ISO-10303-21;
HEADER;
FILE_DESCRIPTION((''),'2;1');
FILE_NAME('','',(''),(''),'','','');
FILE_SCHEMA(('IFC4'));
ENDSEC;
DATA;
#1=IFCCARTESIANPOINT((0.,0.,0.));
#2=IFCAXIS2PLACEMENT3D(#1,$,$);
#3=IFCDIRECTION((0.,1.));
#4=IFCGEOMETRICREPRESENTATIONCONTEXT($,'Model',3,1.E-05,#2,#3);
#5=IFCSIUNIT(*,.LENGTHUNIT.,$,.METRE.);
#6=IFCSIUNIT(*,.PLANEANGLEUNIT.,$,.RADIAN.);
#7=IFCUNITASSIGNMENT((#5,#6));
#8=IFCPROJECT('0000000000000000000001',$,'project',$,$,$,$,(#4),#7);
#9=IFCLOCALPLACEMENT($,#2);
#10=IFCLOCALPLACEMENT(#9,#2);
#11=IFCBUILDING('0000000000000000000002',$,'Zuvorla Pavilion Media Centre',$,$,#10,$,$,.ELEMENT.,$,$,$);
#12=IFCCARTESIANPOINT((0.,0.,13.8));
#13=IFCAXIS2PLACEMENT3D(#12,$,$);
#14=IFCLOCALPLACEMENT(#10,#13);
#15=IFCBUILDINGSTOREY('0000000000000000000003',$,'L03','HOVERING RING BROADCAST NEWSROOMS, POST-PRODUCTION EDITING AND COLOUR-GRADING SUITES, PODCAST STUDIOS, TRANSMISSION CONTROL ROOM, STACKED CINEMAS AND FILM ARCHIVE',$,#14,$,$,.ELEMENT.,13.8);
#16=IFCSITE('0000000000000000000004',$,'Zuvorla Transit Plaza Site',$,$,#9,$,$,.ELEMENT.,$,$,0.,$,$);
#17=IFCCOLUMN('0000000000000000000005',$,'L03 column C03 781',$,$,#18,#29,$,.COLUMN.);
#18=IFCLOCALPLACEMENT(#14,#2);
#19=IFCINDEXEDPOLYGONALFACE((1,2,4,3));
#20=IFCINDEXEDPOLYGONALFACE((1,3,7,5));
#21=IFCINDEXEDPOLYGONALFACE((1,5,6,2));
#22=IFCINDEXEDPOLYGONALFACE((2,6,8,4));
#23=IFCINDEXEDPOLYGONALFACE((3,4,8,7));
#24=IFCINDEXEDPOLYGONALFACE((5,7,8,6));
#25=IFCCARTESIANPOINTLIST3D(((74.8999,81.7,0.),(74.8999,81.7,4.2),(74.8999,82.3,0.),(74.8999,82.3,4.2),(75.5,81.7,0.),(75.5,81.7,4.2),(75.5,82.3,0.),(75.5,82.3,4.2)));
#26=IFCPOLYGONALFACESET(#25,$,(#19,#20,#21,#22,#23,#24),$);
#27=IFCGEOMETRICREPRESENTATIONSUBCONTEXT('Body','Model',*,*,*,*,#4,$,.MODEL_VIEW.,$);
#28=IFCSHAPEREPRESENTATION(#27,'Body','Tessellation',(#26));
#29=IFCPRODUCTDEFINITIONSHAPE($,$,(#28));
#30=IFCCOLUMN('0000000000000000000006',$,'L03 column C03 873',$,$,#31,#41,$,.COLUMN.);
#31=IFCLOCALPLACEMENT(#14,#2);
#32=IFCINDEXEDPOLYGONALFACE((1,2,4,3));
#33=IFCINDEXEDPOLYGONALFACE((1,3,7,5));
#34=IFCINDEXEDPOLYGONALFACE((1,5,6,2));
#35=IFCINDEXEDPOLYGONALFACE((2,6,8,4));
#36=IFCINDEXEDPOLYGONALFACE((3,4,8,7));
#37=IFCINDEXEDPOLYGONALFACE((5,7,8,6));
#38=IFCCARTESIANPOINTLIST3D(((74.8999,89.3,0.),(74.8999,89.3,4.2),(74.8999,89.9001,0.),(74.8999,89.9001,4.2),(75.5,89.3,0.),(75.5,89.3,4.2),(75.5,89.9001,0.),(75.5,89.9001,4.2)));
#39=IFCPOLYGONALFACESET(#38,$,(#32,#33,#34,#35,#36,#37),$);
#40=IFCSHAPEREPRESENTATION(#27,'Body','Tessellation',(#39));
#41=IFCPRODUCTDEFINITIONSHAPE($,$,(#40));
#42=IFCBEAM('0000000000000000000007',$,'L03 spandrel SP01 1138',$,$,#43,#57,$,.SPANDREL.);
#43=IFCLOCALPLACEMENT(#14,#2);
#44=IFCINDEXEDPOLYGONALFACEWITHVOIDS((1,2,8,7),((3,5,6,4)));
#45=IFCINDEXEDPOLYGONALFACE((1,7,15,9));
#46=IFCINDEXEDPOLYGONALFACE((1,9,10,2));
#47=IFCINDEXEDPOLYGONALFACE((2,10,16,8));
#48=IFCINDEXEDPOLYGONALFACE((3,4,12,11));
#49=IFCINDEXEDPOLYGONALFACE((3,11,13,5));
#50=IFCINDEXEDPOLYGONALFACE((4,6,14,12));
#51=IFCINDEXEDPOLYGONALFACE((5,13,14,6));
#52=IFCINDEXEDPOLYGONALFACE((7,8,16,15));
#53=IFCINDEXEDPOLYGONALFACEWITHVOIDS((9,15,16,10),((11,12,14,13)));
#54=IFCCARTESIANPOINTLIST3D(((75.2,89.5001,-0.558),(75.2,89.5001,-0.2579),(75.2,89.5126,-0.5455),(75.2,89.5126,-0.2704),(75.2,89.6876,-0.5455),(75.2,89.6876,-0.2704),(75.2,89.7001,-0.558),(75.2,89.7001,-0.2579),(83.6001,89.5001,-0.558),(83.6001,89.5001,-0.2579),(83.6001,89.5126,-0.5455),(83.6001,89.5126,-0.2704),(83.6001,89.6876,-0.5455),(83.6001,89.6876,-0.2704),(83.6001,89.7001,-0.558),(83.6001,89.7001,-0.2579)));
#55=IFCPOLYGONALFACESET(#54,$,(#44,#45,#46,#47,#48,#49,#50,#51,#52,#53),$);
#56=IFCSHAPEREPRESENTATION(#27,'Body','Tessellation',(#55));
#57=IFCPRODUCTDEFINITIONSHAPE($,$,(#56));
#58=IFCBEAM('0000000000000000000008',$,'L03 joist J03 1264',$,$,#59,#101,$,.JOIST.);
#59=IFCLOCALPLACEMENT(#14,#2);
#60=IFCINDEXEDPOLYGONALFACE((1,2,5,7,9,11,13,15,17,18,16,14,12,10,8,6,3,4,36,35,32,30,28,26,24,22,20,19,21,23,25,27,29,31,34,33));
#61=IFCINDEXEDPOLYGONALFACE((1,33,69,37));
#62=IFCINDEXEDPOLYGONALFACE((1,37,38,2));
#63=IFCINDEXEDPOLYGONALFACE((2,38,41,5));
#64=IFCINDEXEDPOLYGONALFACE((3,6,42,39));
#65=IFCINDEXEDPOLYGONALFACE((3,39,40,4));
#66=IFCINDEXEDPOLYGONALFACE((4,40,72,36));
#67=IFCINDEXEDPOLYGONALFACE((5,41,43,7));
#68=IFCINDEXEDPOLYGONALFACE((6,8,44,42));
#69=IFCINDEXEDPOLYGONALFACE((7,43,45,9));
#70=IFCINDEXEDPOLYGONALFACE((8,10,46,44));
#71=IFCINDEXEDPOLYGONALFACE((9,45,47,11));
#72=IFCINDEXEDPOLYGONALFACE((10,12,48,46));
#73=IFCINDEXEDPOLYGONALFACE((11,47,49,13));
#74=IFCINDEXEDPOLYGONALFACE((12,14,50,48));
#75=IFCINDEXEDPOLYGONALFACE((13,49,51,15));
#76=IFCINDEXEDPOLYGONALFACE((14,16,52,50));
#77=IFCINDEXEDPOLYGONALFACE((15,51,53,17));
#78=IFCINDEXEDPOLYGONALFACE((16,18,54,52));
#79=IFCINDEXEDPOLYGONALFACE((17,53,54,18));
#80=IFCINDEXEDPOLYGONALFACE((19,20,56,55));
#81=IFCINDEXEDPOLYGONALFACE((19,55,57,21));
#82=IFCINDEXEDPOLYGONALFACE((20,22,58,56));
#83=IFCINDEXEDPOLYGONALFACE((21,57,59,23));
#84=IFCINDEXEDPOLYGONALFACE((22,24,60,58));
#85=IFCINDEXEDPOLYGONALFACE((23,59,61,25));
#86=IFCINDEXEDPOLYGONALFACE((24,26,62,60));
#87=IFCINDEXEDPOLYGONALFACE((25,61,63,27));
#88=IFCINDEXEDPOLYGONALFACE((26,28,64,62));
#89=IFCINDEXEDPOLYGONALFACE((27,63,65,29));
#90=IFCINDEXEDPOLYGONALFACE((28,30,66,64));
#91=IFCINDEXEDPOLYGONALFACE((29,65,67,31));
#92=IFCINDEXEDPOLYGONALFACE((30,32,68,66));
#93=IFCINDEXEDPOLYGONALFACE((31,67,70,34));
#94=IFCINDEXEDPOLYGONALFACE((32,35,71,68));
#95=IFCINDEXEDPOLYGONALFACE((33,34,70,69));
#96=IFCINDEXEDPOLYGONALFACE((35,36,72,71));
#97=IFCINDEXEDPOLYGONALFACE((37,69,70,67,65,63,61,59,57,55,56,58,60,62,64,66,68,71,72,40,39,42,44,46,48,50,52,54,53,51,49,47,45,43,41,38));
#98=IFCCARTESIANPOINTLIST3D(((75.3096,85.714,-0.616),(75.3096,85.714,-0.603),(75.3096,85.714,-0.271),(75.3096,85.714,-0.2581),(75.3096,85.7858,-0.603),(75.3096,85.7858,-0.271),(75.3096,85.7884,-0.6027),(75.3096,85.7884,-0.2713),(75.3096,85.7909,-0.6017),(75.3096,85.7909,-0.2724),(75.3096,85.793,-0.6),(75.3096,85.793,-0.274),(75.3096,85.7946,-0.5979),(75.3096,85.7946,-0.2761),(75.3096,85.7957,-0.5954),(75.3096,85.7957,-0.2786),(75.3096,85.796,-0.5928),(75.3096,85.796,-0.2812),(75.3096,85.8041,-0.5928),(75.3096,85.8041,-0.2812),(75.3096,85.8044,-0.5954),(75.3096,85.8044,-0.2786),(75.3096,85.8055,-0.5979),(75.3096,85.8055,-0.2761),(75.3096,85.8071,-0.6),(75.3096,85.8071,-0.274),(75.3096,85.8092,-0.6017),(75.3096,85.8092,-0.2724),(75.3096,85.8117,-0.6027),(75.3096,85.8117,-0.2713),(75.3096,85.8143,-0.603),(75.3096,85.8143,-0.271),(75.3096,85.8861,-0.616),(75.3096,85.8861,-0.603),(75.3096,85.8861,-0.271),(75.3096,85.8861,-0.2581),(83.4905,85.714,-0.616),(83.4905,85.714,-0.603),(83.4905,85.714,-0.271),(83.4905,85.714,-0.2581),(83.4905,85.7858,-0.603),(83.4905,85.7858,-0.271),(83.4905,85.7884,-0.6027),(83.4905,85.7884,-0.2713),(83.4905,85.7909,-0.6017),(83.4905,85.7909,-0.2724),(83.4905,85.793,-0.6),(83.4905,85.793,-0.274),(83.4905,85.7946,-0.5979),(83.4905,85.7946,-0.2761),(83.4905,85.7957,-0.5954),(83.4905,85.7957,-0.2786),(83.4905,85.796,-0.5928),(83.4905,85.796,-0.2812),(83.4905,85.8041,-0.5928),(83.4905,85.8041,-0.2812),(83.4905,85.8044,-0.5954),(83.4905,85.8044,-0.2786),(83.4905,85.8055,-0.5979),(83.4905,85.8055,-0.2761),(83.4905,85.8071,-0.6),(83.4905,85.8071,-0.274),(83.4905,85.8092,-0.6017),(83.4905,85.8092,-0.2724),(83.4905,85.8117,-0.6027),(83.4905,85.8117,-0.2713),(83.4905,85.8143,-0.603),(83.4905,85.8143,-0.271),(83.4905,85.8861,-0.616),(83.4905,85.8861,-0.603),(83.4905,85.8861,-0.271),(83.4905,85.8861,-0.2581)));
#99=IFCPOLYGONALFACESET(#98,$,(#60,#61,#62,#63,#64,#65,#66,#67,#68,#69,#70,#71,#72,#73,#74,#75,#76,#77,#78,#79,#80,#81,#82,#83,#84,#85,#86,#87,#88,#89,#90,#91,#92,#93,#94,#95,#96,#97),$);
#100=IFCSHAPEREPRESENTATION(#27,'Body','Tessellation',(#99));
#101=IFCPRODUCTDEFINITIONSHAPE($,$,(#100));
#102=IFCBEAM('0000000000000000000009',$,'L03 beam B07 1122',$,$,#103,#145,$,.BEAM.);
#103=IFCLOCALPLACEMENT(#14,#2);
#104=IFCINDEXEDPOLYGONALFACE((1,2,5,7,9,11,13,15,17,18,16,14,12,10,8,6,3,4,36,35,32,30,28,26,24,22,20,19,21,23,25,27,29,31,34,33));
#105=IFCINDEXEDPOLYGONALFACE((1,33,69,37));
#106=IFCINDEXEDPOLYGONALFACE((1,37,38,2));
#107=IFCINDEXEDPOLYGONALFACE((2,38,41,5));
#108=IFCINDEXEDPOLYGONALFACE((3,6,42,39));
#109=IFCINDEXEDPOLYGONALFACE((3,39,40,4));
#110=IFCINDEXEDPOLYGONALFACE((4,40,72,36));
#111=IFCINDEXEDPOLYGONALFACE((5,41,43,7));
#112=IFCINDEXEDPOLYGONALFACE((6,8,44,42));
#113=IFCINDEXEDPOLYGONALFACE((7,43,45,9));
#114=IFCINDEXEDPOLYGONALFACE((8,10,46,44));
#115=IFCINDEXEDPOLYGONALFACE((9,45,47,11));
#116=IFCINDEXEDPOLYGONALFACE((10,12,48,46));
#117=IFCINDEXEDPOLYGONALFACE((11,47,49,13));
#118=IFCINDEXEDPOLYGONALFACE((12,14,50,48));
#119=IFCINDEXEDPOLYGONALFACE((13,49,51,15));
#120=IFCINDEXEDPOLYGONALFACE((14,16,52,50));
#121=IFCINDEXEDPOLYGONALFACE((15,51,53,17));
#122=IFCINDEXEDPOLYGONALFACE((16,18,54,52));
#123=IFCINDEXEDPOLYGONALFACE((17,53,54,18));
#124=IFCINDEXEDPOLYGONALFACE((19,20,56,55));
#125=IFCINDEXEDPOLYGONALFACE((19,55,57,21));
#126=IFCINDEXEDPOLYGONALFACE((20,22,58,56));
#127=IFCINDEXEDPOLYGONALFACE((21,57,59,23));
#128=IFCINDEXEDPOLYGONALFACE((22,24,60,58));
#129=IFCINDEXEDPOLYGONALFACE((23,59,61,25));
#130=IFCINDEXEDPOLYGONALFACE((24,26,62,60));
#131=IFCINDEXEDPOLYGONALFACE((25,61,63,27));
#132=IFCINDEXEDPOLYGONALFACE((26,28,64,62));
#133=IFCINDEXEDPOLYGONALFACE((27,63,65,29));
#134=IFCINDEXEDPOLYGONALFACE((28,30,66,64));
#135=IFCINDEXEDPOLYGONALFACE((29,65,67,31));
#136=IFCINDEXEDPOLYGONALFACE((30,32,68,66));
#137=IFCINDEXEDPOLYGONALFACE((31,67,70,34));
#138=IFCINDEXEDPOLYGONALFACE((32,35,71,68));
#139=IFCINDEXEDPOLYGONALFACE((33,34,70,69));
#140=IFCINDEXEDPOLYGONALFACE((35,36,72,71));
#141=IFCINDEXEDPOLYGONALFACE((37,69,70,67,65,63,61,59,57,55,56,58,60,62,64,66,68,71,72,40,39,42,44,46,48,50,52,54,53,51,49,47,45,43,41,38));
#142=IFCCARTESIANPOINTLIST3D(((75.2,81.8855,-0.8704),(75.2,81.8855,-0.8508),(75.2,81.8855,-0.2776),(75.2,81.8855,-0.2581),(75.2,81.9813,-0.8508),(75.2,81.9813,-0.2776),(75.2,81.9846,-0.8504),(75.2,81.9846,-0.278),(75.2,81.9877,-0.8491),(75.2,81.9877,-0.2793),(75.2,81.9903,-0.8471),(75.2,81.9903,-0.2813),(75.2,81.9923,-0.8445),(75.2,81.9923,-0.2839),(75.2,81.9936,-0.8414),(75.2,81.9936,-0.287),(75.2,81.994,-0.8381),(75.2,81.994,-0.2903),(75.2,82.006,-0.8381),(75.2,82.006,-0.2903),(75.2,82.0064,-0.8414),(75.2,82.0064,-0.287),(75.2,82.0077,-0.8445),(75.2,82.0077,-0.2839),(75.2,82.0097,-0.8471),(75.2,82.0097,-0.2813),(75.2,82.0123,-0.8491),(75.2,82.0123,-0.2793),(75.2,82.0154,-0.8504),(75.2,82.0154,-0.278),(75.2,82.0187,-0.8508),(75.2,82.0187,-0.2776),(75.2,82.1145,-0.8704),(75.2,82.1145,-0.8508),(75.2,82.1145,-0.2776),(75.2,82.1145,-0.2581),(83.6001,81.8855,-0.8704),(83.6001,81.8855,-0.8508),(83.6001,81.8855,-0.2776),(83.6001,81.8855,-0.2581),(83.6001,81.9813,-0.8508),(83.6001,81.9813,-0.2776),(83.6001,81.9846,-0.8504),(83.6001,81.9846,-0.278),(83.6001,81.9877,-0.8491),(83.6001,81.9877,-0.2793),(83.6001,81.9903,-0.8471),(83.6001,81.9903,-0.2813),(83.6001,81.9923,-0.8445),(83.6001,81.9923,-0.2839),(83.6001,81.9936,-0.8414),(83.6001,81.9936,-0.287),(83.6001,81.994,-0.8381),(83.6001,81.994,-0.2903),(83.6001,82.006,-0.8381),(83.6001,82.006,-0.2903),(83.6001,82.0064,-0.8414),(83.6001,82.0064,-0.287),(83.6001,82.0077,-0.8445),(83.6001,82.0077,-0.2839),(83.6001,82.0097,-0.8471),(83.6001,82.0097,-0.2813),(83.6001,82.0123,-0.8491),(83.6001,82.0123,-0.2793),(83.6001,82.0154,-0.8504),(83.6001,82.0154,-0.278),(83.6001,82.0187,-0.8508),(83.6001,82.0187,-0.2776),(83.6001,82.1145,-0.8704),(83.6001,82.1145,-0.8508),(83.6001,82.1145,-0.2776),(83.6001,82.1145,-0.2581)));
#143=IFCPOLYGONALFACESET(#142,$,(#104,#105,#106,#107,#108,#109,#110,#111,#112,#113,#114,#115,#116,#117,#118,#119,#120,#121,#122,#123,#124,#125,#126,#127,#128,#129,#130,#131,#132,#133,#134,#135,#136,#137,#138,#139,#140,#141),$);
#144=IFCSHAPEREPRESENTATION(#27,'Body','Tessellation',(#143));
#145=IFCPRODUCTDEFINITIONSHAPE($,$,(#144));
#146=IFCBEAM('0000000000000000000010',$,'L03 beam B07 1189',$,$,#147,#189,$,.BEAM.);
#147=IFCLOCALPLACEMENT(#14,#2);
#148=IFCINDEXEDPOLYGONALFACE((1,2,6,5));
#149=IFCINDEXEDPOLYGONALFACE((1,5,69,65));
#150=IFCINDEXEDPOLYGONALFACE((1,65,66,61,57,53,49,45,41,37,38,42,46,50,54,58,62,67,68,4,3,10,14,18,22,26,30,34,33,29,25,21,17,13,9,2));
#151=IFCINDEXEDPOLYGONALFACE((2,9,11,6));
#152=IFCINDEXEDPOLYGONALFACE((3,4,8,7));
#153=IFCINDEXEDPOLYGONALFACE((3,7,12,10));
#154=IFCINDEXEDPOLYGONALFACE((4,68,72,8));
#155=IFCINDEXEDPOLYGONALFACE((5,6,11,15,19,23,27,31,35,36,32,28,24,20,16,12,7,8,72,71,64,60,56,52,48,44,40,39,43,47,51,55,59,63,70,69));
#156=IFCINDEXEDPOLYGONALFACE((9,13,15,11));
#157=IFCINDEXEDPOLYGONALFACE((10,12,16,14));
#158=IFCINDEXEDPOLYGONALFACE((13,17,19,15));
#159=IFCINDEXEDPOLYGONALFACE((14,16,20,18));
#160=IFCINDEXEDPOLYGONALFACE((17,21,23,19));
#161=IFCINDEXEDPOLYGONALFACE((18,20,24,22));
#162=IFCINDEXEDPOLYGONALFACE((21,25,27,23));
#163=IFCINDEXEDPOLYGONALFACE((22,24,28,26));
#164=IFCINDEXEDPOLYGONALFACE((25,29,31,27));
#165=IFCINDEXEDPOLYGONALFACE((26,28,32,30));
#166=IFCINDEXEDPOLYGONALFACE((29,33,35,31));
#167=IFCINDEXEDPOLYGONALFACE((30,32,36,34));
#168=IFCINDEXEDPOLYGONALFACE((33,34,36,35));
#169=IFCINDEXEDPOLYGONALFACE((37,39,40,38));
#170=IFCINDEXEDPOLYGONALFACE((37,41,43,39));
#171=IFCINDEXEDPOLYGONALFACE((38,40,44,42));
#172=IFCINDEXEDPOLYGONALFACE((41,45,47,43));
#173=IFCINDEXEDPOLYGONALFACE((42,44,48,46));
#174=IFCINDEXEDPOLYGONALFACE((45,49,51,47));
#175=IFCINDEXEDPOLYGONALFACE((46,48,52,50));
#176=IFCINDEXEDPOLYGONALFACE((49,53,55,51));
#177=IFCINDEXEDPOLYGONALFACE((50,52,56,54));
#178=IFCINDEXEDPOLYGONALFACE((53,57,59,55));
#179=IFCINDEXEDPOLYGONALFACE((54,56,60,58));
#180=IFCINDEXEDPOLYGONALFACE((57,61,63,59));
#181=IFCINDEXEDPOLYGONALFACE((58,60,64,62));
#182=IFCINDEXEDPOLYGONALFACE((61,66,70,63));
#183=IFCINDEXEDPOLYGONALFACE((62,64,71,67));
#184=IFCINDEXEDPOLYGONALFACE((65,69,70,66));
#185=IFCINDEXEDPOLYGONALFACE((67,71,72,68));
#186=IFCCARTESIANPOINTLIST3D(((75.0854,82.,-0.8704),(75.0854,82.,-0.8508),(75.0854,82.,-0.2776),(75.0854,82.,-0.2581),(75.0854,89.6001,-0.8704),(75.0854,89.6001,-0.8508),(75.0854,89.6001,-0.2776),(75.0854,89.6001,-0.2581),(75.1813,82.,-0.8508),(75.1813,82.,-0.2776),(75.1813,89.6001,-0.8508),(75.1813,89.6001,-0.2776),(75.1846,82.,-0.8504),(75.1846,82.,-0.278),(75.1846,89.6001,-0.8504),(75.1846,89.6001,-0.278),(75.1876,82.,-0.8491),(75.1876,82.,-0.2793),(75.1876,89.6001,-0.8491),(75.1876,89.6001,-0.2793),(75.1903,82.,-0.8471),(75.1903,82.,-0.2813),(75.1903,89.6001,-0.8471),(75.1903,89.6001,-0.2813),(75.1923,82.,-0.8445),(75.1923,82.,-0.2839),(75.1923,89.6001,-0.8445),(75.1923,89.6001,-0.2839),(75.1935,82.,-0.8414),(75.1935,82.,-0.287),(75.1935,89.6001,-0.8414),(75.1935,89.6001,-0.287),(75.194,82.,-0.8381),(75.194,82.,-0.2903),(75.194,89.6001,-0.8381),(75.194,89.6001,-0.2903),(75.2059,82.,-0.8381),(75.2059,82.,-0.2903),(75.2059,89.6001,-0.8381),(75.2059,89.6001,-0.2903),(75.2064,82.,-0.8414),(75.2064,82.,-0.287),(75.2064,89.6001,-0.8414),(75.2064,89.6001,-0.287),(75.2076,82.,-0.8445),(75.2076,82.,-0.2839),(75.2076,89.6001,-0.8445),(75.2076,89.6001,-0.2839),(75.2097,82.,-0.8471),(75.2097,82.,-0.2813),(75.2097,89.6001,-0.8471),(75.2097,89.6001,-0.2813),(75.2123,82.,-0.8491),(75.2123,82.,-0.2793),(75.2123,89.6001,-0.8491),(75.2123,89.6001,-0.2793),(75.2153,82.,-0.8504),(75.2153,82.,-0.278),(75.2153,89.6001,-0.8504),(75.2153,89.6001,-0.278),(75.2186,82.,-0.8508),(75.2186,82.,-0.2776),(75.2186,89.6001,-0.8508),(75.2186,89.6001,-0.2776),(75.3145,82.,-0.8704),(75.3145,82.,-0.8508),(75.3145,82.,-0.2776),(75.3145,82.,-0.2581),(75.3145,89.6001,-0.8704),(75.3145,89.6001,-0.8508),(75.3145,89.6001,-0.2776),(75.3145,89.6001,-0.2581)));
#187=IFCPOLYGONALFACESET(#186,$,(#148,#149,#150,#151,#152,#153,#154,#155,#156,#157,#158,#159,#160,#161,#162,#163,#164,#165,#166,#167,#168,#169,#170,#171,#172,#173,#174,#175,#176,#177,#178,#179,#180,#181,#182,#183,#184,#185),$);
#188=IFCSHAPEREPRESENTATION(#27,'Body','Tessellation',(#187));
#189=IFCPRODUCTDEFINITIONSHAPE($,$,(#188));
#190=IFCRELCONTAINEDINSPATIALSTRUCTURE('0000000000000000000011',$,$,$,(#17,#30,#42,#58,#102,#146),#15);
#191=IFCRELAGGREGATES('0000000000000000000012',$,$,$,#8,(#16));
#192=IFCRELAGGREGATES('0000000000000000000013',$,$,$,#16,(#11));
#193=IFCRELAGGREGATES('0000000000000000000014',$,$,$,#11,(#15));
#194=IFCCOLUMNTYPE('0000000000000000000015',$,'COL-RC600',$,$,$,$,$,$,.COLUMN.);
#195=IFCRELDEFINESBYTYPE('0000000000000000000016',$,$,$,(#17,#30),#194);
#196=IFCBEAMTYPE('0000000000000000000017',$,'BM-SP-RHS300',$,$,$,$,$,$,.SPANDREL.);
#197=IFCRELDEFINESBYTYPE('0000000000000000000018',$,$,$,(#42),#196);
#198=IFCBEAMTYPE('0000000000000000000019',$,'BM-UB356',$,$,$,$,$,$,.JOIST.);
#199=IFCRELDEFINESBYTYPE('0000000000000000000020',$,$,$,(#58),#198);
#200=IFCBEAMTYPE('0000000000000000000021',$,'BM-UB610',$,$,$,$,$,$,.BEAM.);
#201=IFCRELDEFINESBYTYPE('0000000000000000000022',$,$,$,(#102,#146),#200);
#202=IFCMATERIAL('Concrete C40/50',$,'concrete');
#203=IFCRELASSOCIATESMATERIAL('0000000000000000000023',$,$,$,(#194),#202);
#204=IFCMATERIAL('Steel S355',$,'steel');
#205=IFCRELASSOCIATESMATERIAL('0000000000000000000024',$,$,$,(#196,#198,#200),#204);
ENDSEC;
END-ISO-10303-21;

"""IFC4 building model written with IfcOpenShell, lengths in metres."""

from ifc_helpers import new_model, si_unit, direction, frame, origin, origin_2d, place, context, subcontext, project, spatial, rectangle, hollow_rectangle, i_section, extrude, material, material_profile, profile_set, type_object, element, save


model = new_model("IFC4")

# Units and contexts
model_context = context("Model", 3, precision=1e-05, world=origin(), true_north=direction((0.0, 1.0)))
body_context = subcontext(model_context, "Body", "Model", "MODEL_VIEW")
ifc_project = project(units=[si_unit("LENGTHUNIT", "METRE"), si_unit("PLANEANGLEUNIT", "RADIAN")], contexts=[model_context])

# Site, building, storey
site_placement = place(None, origin())
site = spatial("IfcSite", under=ifc_project, at=site_placement, Name="Zuvorla Transit Plaza Site", CompositionType="ELEMENT", RefElevation=0.0)
building_placement = place(site_placement, origin())
building = spatial("IfcBuilding", under=site, at=building_placement, Name="Zuvorla Pavilion Media Centre", CompositionType="ELEMENT")
storey_placement = place(building_placement, frame((0.0, 0.0, 13.8)))
storey = spatial("IfcBuildingStorey", under=building, at=storey_placement, Name="L03", Description="HOVERING RING BROADCAST NEWSROOMS, POST-PRODUCTION EDITING AND COLOUR-GRADING SUITES, PODCAST STUDIOS, TRANSMISSION CONTROL ROOM, STACKED CINEMAS AND FILM ARCHIVE", CompositionType="ELEMENT", Elevation=13.8)

# Columns
ifc_material_1 = material(Name="Concrete C40/50", Category="concrete")
ifc_material_profile_1 = material_profile(ifc_material_1, rectangle(XDim=0.6001, YDim=0.6001, at=origin_2d()), Name="RC 600x600")
ifc_profile_set_1 = profile_set([ifc_material_profile_1], Name="Concrete C40/50")
column_type = type_object("IfcColumnType", Name="COL-RC600", PredefinedType="COLUMN", material=ifc_profile_set_1)
for number, where, z_axis, x_axis, name in (
    (1, (75.2, 82.0, 0.0), (0.0, 0.0, 1.0), (1.0, 0.0, 0.0), "L03 column C03 781"),
    (2, (75.2, 89.6001, 0.0), (0.0, 0.0, 1.0), (1.0, 0.0, 0.0), "L03 column C03 873"),
):
    element("IfcColumn", number, at=place(storey_placement, frame(where, z_axis=z_axis, x_axis=x_axis)), inside=storey, type_object=column_type, Name=name, PredefinedType="COLUMN", context=body_context, shape_type="SweptSolid", body=[
        extrude(rectangle(XDim=0.6001, YDim=0.6001, at=origin_2d()), origin(), (0.0, 0.0, 1.0), 4.2),
    ])

# Beams
ifc_material_2 = material(Name="Steel S355", Category="steel")
ifc_material_profile_2 = material_profile(ifc_material_2, hollow_rectangle(XDim=0.2, YDim=0.3, WallThickness=0.0125, at=origin_2d()), Name="RHS 300x200x12.5")
ifc_profile_set_2 = profile_set([ifc_material_profile_2], Name="Steel S355")
beam_type_1 = type_object("IfcBeamType", Name="BM-SP-RHS300", PredefinedType="SPANDREL", material=ifc_profile_set_2)
beam_1_placement = place(storey_placement, frame((75.2, 89.6001, -0.408), z_axis=(1.0, 0.0, 0.0), x_axis=(0.0, 1.0, 0.0)))
element("IfcBeam", 3, at=beam_1_placement, inside=storey, type_object=beam_type_1, Name="L03 spandrel SP01 1138", PredefinedType="SPANDREL", context=body_context, shape_type="SweptSolid", body=[
    extrude(hollow_rectangle(XDim=0.2, YDim=0.3, WallThickness=0.0125, at=origin_2d()), origin(), (0.0, 0.0, 1.0), 8.4001),
])
ifc_material_profile_3 = material_profile(ifc_material_2, i_section(OverallWidth=0.1721, OverallDepth=0.3579, WebThickness=0.0081, FlangeThickness=0.0129, FilletRadius=0.0103, at=origin_2d()), Name="UB 356x171x57")
ifc_profile_set_3 = profile_set([ifc_material_profile_3], Name="Steel S355")
beam_type_2 = type_object("IfcBeamType", Name="BM-UB356", PredefinedType="JOIST", material=ifc_profile_set_3)
beam_2_placement = place(storey_placement, frame((75.3096, 85.8, -0.437), z_axis=(1.0, 0.0, 0.0), x_axis=(0.0, 1.0, 0.0)))
element("IfcBeam", 4, at=beam_2_placement, inside=storey, type_object=beam_type_2, Name="L03 joist J03 1264", PredefinedType="JOIST", context=body_context, shape_type="SweptSolid", body=[
    extrude(i_section(OverallWidth=0.1721, OverallDepth=0.3579, WebThickness=0.0081, FlangeThickness=0.0129, FilletRadius=0.0103, at=origin_2d()), origin(), (0.0, 0.0, 1.0), 8.1809),
])
ifc_material_profile_4 = material_profile(ifc_material_2, i_section(OverallWidth=0.229, OverallDepth=0.6123, WebThickness=0.012, FlangeThickness=0.0195, FilletRadius=0.0127, at=origin_2d()), Name="UB 610x229x125")
ifc_profile_set_4 = profile_set([ifc_material_profile_4], Name="Steel S355")
beam_type_3 = type_object("IfcBeamType", Name="BM-UB610", PredefinedType="BEAM", material=ifc_profile_set_4)
beam_3_placement = place(storey_placement, frame((75.2, 82.0, -0.5642), z_axis=(1.0, 0.0, 0.0), x_axis=(0.0, 1.0, 0.0)))
element("IfcBeam", 5, at=beam_3_placement, inside=storey, type_object=beam_type_3, Name="L03 beam B07 1122", PredefinedType="BEAM", context=body_context, shape_type="SweptSolid", body=[
    extrude(i_section(OverallWidth=0.229, OverallDepth=0.6123, WebThickness=0.012, FlangeThickness=0.0195, FilletRadius=0.0127, at=origin_2d()), origin(), (0.0, 0.0, 1.0), 8.4001),
])
beam_4_placement = place(storey_placement, frame((75.2, 82.0, -0.5642), z_axis=(0.0, 1.0, 0.0), x_axis=(-1.0, 0.0, 0.0)))
element("IfcBeam", 6, at=beam_4_placement, inside=storey, type_object=beam_type_3, Name="L03 beam B07 1189", PredefinedType="BEAM", context=body_context, shape_type="SweptSolid", body=[
    extrude(i_section(OverallWidth=0.229, OverallDepth=0.6123, WebThickness=0.012, FlangeThickness=0.0195, FilletRadius=0.0127, at=origin_2d()), origin(), (0.0, 0.0, 1.0), 7.6001),
])

save(model, "model.ifc")
